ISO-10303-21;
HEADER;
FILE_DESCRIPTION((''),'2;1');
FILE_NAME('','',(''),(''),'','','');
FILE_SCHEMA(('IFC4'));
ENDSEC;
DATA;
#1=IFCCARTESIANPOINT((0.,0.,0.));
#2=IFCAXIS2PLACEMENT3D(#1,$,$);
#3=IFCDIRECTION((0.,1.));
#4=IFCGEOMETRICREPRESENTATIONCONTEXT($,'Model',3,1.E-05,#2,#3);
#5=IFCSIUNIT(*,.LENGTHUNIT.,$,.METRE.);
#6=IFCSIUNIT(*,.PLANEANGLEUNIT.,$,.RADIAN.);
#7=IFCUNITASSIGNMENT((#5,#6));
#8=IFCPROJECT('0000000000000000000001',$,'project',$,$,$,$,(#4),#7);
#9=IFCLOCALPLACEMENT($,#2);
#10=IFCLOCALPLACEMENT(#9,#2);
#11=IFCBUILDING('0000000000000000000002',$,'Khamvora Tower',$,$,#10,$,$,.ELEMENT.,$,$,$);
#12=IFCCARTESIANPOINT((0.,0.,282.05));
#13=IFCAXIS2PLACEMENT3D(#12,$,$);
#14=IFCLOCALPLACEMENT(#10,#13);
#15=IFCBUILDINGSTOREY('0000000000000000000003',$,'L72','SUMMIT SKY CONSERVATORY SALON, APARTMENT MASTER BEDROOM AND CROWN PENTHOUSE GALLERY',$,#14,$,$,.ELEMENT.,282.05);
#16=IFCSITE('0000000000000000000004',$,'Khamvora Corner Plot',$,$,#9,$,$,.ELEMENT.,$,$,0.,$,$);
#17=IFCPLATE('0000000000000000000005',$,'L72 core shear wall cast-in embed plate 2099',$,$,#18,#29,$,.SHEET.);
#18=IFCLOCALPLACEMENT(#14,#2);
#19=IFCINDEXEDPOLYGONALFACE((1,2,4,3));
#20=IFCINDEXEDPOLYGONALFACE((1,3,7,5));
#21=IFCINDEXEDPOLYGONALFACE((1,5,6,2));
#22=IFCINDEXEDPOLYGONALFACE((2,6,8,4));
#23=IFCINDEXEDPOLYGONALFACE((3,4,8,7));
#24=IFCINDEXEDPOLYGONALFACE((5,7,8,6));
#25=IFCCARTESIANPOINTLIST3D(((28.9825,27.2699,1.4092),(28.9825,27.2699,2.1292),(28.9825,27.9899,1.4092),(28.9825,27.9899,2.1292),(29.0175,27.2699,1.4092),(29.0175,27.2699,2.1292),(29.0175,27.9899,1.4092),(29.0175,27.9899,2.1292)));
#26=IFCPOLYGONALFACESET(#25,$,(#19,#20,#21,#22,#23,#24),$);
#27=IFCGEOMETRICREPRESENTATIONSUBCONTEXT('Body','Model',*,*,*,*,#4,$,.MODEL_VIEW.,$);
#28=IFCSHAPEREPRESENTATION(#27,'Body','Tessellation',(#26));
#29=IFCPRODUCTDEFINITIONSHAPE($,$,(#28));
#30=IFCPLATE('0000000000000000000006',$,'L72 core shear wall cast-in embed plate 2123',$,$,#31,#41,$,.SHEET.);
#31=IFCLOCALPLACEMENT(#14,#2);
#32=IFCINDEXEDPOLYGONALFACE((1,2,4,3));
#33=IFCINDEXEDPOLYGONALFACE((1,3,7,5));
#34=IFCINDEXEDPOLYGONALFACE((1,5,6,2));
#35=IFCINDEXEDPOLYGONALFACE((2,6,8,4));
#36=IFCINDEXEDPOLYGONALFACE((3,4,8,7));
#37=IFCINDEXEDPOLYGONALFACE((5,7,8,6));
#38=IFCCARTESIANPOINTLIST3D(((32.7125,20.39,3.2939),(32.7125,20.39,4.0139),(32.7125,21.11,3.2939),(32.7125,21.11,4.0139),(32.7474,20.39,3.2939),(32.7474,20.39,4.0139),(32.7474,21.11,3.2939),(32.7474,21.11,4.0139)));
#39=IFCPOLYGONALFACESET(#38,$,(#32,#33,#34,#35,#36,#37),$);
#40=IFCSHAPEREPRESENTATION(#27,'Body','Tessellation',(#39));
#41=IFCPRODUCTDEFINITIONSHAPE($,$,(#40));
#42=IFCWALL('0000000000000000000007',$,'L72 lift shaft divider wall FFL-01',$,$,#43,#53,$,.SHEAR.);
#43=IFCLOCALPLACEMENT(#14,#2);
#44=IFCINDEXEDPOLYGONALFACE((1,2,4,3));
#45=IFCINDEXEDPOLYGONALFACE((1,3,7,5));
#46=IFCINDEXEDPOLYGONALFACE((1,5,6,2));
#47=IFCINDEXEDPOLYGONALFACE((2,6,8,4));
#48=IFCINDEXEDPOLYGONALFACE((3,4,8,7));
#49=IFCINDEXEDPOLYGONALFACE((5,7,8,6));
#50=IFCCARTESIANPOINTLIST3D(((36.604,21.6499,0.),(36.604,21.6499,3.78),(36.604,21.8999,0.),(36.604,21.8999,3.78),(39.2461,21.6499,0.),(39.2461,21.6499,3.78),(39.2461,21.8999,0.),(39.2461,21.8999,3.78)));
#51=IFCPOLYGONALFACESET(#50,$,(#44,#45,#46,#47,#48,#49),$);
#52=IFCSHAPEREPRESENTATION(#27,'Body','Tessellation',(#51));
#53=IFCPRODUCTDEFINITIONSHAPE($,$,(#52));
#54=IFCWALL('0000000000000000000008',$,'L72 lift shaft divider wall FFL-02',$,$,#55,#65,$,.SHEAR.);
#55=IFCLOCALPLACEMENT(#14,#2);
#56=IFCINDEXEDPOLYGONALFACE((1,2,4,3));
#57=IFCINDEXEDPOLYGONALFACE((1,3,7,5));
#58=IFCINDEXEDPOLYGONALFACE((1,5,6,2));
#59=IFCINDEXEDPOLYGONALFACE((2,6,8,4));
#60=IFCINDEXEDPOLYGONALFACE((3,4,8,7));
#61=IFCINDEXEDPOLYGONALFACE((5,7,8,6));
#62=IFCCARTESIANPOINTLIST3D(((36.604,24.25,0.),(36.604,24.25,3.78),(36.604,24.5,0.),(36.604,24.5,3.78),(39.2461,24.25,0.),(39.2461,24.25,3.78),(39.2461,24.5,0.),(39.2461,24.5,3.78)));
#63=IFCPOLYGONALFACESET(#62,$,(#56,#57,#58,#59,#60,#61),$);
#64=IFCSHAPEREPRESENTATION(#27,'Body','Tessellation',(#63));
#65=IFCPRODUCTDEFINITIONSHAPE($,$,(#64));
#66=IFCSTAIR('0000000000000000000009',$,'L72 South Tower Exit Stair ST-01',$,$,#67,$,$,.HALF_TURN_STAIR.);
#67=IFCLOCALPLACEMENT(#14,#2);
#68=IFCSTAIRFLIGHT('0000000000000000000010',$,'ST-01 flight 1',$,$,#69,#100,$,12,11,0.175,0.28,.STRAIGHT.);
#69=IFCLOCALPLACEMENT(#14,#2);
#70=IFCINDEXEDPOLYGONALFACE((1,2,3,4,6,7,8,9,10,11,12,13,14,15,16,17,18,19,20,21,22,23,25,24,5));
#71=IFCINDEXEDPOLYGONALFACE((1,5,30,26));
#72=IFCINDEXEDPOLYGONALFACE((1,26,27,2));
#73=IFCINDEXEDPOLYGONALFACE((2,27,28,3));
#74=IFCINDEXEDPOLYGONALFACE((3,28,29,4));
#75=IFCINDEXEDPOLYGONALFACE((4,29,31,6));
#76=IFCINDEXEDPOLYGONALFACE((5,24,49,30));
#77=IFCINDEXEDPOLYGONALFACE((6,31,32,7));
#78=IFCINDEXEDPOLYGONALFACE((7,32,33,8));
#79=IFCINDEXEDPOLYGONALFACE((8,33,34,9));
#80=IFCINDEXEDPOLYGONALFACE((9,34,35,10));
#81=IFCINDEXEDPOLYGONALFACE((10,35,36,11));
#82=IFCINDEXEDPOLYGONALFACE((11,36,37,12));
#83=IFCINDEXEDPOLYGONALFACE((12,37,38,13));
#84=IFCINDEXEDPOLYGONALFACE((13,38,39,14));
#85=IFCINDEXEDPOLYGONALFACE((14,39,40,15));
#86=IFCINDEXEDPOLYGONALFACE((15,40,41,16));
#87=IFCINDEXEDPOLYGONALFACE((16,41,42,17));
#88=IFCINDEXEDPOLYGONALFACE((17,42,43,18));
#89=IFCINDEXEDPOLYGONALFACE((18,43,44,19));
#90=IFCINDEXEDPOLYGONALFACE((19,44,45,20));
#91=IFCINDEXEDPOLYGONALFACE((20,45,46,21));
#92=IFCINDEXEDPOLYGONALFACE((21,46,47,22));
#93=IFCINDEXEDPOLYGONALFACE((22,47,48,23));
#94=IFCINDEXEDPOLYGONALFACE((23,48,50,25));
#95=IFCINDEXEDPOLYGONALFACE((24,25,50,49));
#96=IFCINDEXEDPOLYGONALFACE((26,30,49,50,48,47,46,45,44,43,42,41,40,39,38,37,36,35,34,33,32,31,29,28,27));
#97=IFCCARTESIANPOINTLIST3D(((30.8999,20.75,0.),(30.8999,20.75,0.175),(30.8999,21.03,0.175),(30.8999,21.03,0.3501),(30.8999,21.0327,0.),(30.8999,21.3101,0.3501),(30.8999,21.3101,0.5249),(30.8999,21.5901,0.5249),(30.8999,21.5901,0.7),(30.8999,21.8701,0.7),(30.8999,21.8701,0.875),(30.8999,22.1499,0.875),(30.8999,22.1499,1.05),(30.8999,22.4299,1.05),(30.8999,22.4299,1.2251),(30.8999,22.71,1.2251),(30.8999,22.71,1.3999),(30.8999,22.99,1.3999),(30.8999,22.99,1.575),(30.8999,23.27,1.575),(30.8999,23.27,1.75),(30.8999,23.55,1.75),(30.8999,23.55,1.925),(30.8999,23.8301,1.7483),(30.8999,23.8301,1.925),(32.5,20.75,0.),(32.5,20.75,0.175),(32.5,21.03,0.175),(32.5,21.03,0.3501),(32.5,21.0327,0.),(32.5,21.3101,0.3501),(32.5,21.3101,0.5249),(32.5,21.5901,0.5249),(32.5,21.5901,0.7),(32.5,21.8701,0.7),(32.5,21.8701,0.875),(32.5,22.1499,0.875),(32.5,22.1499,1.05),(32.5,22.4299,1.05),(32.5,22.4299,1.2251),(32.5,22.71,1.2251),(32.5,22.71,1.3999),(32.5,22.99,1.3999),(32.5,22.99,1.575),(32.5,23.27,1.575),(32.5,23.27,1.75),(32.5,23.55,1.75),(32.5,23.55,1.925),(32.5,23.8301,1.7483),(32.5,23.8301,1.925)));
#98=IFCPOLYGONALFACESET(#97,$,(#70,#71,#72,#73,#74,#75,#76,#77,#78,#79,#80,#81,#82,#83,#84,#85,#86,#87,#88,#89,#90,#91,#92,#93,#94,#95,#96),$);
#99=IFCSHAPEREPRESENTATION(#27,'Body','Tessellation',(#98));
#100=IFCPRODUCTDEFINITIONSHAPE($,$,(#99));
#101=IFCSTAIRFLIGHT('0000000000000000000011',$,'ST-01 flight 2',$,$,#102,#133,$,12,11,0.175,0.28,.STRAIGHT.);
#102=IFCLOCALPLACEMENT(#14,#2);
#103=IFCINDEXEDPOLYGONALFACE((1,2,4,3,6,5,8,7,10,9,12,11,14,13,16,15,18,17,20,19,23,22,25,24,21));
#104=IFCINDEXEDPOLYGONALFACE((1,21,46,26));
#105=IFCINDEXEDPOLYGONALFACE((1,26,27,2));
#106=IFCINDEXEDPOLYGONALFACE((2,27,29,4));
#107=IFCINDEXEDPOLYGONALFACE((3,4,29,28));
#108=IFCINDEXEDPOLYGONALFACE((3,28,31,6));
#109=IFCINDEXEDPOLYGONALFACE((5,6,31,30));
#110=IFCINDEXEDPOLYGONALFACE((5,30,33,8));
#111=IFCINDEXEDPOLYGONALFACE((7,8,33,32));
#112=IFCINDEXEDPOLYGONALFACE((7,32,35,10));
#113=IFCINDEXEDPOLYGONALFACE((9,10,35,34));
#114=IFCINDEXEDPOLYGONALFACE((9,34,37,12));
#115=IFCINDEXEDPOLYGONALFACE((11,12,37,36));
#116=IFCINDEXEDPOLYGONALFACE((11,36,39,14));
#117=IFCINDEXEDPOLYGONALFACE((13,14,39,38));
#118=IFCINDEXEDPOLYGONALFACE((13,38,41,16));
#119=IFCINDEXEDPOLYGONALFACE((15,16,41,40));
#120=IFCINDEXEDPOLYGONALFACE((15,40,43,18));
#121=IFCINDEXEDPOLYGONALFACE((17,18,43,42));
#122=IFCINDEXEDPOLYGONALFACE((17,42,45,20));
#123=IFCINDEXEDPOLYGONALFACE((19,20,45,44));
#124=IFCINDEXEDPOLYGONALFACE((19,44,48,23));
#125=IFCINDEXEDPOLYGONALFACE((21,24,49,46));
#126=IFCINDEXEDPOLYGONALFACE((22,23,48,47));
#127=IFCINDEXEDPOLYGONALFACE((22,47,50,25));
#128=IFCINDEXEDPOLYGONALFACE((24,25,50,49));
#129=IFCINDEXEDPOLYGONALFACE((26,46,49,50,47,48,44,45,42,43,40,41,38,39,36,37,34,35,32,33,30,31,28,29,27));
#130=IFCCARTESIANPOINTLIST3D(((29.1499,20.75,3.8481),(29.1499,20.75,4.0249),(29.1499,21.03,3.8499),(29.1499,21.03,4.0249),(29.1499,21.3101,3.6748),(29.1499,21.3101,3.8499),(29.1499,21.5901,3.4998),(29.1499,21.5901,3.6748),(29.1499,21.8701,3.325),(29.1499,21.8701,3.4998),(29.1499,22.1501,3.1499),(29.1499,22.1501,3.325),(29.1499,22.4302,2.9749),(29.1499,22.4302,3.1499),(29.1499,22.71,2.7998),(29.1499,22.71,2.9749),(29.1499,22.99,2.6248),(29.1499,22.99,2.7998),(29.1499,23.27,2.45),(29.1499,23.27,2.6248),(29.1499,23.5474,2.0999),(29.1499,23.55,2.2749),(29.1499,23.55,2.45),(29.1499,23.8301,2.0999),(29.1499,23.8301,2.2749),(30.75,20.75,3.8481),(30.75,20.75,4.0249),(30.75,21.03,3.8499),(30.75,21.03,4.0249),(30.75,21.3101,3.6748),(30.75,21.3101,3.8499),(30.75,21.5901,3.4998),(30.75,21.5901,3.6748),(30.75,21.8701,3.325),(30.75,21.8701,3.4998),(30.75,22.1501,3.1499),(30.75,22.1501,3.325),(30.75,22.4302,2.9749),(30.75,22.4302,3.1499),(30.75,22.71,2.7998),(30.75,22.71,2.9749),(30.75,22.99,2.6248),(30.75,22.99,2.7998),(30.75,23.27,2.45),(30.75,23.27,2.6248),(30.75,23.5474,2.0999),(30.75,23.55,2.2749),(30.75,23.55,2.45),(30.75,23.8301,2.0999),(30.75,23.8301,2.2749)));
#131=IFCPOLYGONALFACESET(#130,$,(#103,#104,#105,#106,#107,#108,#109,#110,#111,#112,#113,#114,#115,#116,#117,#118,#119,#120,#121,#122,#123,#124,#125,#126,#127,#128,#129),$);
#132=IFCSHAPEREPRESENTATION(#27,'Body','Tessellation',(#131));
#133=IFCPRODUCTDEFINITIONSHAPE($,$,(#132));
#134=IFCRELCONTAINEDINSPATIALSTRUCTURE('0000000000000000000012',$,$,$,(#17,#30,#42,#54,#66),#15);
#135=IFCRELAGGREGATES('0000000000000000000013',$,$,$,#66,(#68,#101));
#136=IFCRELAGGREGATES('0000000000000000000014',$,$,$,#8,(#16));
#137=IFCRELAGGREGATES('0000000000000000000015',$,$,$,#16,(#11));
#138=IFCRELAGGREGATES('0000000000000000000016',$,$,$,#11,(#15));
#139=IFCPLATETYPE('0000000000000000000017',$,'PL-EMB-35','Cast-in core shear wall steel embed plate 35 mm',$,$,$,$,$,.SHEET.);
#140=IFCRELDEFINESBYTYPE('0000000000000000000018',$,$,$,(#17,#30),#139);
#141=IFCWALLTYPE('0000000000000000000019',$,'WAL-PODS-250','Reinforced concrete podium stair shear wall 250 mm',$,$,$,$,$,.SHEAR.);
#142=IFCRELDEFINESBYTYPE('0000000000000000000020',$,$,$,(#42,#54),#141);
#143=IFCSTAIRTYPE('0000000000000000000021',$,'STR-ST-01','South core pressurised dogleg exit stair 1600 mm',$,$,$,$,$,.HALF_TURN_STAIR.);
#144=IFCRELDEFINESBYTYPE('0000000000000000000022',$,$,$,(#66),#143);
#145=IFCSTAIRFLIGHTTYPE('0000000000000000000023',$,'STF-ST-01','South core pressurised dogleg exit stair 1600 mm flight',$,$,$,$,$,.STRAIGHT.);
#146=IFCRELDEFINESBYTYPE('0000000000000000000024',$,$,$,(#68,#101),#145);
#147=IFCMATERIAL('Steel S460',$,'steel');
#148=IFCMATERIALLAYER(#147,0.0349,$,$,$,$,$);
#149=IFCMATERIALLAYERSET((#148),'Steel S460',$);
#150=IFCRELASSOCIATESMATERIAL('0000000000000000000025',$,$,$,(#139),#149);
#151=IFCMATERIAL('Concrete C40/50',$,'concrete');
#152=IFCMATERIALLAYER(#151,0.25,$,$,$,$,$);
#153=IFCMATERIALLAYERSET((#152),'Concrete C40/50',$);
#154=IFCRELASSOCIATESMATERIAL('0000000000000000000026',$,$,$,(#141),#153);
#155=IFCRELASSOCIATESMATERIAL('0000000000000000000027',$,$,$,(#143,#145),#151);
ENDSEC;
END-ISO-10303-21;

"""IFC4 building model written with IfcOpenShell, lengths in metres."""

from ifc_helpers import new_model, si_unit, direction, frame, frame_2d, origin, origin_2d, place, context, subcontext, project, spatial, polyline, rectangle, outline, extrude, material, layer, layer_set, type_object, element, aggregate, save


model = new_model("IFC4")

# Units and contexts
model_context = context("Model", 3, precision=1e-05, world=origin(), true_north=direction((0.0, 1.0)))
body_context = subcontext(model_context, "Body", "Model", "MODEL_VIEW")
ifc_project = project(units=[si_unit("LENGTHUNIT", "METRE"), si_unit("PLANEANGLEUNIT", "RADIAN")], contexts=[model_context])

# Site, building, storey
site_placement = place(None, origin())
site = spatial("IfcSite", under=ifc_project, at=site_placement, Name="Khamvora Corner Plot", CompositionType="ELEMENT", RefElevation=0.0)
building_placement = place(site_placement, origin())
building = spatial("IfcBuilding", under=site, at=building_placement, Name="Khamvora Tower", CompositionType="ELEMENT")
storey_placement = place(building_placement, frame((0.0, 0.0, 282.05)))
storey = spatial("IfcBuildingStorey", under=building, at=storey_placement, Name="L72", Description="SUMMIT SKY CONSERVATORY SALON, APARTMENT MASTER BEDROOM AND CROWN PENTHOUSE GALLERY", CompositionType="ELEMENT", Elevation=282.05)

# Plates
ifc_material_1 = material(Name="Steel S460", Category="steel")
ifc_layer_1 = layer(ifc_material_1, 0.0349)
ifc_layer_set_1 = layer_set([ifc_layer_1], Name="Steel S460")
plate_type = type_object("IfcPlateType", Name="PL-EMB-35", Description="Cast-in core shear wall steel embed plate 35 mm", PredefinedType="SHEET", material=ifc_layer_set_1)
for number, where, z_axis, x_axis, name in (
    (1, (29.0, 27.6299, 1.4092), (0.0, 0.0, 1.0), (1.0, 0.0, 0.0), "L72 core shear wall cast-in embed plate 2099"),
    (2, (32.73, 20.75, 3.2939), (0.0, 0.0, 1.0), (1.0, 0.0, 0.0), "L72 core shear wall cast-in embed plate 2123"),
):
    element("IfcPlate", number, at=place(storey_placement, frame(where, z_axis=z_axis, x_axis=x_axis)), inside=storey, type_object=plate_type, Name=name, PredefinedType="SHEET", context=body_context, shape_type="SweptSolid", body=[
        extrude(rectangle(XDim=0.0349, YDim=0.72, at=origin_2d()), origin(), (0.0, 0.0, 1.0), 0.72),
    ])

# Walls
ifc_material_2 = material(Name="Concrete C40/50", Category="concrete")
ifc_layer_2 = layer(ifc_material_2, 0.25)
ifc_layer_set_2 = layer_set([ifc_layer_2], Name="Concrete C40/50")
wall_type_1 = type_object("IfcWallType", Name="WAL-PODS-250", Description="Reinforced concrete podium stair shear wall 250 mm", PredefinedType="SHEAR", material=ifc_layer_set_2)
for number, where, z_axis, x_axis, name in (
    (3, (36.604, 21.7749, 0.0), (0.0, 0.0, 1.0), (1.0, 0.0, 0.0), "L72 lift shaft divider wall FFL-01"),
    (4, (36.604, 24.375, 0.0), (0.0, 0.0, 1.0), (1.0, 0.0, 0.0), "L72 lift shaft divider wall FFL-02"),
):
    element("IfcWall", number, at=place(storey_placement, frame(where, z_axis=z_axis, x_axis=x_axis)), inside=storey, type_object=wall_type_1, Name=name, PredefinedType="SHEAR", context=body_context, shape_type="SweptSolid", body=[
        extrude(rectangle(XDim=2.6421, YDim=0.25, at=frame_2d((1.321, 0.0))), origin(), (0.0, 0.0, 1.0), 3.78),
    ])

# Stair, stair flights
stair_type = type_object("IfcStairType", Name="STR-ST-01", Description="South core pressurised dogleg exit stair 1600 mm", PredefinedType="HALF_TURN_STAIR", material=ifc_material_2)
stair_placement = place(storey_placement, origin())
stair = element("IfcStair", 5, at=stair_placement, inside=storey, type_object=stair_type, Name="L72 South Tower Exit Stair ST-01", PredefinedType="HALF_TURN_STAIR")
stair_flight_type = type_object("IfcStairFlightType", Name="STF-ST-01", Description="South core pressurised dogleg exit stair 1600 mm flight", PredefinedType="STRAIGHT", material=ifc_material_2)
stair_flight_1_placement = place(storey_placement, frame((31.7, 20.75, 0.0), z_axis=(0.0, 0.0, 1.0), x_axis=(0.0, 1.0, 0.0)))
stair_flight_1 = element("IfcStairFlight", 6, at=stair_flight_1_placement, type_object=stair_flight_type, Name="ST-01 flight 1", NumberOfRisers=12, NumberOfTreads=11, PredefinedType="STRAIGHT", RiserHeight=0.175, TreadLength=0.28, context=body_context, shape_type="SweptSolid", body=[
    extrude(outline(polyline([(0.0, 0.0), (0.0, 0.175), (0.28, 0.175), (0.28, 0.3501), (0.5601, 0.3501), (0.5601, 0.5249), (0.8401, 0.5249), (0.8401, 0.7), (1.1201, 0.7), (1.1201, 0.875), (1.3999, 0.875), (1.3999, 1.05), (1.6799, 1.05), (1.6799, 1.2251), (1.96, 1.2251), (1.96, 1.3999), (2.24, 1.3999), (2.24, 1.575), (2.52, 1.575), (2.52, 1.75), (2.8, 1.75), (2.8, 1.925), (3.0801, 1.925), (3.0801, 2.1001), (3.0801, 1.7483), (0.2827, 0.0), (0.0, 0.0)])), frame((0.0, 0.8, 0.0), z_axis=(0.0, -1.0, 0.0), x_axis=(1.0, 0.0, 0.0)), (0.0, 0.0, 1.0), 1.6001),
])
stair_flight_2_placement = place(storey_placement, frame((29.95, 23.8301, 2.0999), z_axis=(0.0, 0.0, 1.0), x_axis=(0.0, -1.0, 0.0)))
stair_flight_2 = element("IfcStairFlight", 7, at=stair_flight_2_placement, type_object=stair_flight_type, Name="ST-01 flight 2", NumberOfRisers=12, NumberOfTreads=11, PredefinedType="STRAIGHT", RiserHeight=0.175, TreadLength=0.28, context=body_context, shape_type="SweptSolid", body=[
    extrude(outline(polyline([(0.0, 0.0), (0.0, 0.175), (0.28, 0.175), (0.28, 0.3501), (0.5601, 0.3501), (0.5601, 0.5249), (0.8401, 0.5249), (0.8401, 0.7), (1.1201, 0.7), (1.1201, 0.875), (1.3999, 0.875), (1.3999, 1.05), (1.6799, 1.05), (1.6799, 1.2251), (1.96, 1.2251), (1.96, 1.3999), (2.24, 1.3999), (2.24, 1.575), (2.52, 1.575), (2.52, 1.75), (2.8, 1.75), (2.8, 1.925), (3.0801, 1.925), (3.0801, 2.1001), (3.0801, 1.7483), (0.2827, 0.0), (0.0, 0.0)])), frame((0.0, 0.8, 0.0), z_axis=(0.0, -1.0, 0.0), x_axis=(1.0, 0.0, 0.0)), (0.0, 0.0, 1.0), 1.6001),
])
aggregate(stair, [stair_flight_1, stair_flight_2])

save(model, "model.ifc")
